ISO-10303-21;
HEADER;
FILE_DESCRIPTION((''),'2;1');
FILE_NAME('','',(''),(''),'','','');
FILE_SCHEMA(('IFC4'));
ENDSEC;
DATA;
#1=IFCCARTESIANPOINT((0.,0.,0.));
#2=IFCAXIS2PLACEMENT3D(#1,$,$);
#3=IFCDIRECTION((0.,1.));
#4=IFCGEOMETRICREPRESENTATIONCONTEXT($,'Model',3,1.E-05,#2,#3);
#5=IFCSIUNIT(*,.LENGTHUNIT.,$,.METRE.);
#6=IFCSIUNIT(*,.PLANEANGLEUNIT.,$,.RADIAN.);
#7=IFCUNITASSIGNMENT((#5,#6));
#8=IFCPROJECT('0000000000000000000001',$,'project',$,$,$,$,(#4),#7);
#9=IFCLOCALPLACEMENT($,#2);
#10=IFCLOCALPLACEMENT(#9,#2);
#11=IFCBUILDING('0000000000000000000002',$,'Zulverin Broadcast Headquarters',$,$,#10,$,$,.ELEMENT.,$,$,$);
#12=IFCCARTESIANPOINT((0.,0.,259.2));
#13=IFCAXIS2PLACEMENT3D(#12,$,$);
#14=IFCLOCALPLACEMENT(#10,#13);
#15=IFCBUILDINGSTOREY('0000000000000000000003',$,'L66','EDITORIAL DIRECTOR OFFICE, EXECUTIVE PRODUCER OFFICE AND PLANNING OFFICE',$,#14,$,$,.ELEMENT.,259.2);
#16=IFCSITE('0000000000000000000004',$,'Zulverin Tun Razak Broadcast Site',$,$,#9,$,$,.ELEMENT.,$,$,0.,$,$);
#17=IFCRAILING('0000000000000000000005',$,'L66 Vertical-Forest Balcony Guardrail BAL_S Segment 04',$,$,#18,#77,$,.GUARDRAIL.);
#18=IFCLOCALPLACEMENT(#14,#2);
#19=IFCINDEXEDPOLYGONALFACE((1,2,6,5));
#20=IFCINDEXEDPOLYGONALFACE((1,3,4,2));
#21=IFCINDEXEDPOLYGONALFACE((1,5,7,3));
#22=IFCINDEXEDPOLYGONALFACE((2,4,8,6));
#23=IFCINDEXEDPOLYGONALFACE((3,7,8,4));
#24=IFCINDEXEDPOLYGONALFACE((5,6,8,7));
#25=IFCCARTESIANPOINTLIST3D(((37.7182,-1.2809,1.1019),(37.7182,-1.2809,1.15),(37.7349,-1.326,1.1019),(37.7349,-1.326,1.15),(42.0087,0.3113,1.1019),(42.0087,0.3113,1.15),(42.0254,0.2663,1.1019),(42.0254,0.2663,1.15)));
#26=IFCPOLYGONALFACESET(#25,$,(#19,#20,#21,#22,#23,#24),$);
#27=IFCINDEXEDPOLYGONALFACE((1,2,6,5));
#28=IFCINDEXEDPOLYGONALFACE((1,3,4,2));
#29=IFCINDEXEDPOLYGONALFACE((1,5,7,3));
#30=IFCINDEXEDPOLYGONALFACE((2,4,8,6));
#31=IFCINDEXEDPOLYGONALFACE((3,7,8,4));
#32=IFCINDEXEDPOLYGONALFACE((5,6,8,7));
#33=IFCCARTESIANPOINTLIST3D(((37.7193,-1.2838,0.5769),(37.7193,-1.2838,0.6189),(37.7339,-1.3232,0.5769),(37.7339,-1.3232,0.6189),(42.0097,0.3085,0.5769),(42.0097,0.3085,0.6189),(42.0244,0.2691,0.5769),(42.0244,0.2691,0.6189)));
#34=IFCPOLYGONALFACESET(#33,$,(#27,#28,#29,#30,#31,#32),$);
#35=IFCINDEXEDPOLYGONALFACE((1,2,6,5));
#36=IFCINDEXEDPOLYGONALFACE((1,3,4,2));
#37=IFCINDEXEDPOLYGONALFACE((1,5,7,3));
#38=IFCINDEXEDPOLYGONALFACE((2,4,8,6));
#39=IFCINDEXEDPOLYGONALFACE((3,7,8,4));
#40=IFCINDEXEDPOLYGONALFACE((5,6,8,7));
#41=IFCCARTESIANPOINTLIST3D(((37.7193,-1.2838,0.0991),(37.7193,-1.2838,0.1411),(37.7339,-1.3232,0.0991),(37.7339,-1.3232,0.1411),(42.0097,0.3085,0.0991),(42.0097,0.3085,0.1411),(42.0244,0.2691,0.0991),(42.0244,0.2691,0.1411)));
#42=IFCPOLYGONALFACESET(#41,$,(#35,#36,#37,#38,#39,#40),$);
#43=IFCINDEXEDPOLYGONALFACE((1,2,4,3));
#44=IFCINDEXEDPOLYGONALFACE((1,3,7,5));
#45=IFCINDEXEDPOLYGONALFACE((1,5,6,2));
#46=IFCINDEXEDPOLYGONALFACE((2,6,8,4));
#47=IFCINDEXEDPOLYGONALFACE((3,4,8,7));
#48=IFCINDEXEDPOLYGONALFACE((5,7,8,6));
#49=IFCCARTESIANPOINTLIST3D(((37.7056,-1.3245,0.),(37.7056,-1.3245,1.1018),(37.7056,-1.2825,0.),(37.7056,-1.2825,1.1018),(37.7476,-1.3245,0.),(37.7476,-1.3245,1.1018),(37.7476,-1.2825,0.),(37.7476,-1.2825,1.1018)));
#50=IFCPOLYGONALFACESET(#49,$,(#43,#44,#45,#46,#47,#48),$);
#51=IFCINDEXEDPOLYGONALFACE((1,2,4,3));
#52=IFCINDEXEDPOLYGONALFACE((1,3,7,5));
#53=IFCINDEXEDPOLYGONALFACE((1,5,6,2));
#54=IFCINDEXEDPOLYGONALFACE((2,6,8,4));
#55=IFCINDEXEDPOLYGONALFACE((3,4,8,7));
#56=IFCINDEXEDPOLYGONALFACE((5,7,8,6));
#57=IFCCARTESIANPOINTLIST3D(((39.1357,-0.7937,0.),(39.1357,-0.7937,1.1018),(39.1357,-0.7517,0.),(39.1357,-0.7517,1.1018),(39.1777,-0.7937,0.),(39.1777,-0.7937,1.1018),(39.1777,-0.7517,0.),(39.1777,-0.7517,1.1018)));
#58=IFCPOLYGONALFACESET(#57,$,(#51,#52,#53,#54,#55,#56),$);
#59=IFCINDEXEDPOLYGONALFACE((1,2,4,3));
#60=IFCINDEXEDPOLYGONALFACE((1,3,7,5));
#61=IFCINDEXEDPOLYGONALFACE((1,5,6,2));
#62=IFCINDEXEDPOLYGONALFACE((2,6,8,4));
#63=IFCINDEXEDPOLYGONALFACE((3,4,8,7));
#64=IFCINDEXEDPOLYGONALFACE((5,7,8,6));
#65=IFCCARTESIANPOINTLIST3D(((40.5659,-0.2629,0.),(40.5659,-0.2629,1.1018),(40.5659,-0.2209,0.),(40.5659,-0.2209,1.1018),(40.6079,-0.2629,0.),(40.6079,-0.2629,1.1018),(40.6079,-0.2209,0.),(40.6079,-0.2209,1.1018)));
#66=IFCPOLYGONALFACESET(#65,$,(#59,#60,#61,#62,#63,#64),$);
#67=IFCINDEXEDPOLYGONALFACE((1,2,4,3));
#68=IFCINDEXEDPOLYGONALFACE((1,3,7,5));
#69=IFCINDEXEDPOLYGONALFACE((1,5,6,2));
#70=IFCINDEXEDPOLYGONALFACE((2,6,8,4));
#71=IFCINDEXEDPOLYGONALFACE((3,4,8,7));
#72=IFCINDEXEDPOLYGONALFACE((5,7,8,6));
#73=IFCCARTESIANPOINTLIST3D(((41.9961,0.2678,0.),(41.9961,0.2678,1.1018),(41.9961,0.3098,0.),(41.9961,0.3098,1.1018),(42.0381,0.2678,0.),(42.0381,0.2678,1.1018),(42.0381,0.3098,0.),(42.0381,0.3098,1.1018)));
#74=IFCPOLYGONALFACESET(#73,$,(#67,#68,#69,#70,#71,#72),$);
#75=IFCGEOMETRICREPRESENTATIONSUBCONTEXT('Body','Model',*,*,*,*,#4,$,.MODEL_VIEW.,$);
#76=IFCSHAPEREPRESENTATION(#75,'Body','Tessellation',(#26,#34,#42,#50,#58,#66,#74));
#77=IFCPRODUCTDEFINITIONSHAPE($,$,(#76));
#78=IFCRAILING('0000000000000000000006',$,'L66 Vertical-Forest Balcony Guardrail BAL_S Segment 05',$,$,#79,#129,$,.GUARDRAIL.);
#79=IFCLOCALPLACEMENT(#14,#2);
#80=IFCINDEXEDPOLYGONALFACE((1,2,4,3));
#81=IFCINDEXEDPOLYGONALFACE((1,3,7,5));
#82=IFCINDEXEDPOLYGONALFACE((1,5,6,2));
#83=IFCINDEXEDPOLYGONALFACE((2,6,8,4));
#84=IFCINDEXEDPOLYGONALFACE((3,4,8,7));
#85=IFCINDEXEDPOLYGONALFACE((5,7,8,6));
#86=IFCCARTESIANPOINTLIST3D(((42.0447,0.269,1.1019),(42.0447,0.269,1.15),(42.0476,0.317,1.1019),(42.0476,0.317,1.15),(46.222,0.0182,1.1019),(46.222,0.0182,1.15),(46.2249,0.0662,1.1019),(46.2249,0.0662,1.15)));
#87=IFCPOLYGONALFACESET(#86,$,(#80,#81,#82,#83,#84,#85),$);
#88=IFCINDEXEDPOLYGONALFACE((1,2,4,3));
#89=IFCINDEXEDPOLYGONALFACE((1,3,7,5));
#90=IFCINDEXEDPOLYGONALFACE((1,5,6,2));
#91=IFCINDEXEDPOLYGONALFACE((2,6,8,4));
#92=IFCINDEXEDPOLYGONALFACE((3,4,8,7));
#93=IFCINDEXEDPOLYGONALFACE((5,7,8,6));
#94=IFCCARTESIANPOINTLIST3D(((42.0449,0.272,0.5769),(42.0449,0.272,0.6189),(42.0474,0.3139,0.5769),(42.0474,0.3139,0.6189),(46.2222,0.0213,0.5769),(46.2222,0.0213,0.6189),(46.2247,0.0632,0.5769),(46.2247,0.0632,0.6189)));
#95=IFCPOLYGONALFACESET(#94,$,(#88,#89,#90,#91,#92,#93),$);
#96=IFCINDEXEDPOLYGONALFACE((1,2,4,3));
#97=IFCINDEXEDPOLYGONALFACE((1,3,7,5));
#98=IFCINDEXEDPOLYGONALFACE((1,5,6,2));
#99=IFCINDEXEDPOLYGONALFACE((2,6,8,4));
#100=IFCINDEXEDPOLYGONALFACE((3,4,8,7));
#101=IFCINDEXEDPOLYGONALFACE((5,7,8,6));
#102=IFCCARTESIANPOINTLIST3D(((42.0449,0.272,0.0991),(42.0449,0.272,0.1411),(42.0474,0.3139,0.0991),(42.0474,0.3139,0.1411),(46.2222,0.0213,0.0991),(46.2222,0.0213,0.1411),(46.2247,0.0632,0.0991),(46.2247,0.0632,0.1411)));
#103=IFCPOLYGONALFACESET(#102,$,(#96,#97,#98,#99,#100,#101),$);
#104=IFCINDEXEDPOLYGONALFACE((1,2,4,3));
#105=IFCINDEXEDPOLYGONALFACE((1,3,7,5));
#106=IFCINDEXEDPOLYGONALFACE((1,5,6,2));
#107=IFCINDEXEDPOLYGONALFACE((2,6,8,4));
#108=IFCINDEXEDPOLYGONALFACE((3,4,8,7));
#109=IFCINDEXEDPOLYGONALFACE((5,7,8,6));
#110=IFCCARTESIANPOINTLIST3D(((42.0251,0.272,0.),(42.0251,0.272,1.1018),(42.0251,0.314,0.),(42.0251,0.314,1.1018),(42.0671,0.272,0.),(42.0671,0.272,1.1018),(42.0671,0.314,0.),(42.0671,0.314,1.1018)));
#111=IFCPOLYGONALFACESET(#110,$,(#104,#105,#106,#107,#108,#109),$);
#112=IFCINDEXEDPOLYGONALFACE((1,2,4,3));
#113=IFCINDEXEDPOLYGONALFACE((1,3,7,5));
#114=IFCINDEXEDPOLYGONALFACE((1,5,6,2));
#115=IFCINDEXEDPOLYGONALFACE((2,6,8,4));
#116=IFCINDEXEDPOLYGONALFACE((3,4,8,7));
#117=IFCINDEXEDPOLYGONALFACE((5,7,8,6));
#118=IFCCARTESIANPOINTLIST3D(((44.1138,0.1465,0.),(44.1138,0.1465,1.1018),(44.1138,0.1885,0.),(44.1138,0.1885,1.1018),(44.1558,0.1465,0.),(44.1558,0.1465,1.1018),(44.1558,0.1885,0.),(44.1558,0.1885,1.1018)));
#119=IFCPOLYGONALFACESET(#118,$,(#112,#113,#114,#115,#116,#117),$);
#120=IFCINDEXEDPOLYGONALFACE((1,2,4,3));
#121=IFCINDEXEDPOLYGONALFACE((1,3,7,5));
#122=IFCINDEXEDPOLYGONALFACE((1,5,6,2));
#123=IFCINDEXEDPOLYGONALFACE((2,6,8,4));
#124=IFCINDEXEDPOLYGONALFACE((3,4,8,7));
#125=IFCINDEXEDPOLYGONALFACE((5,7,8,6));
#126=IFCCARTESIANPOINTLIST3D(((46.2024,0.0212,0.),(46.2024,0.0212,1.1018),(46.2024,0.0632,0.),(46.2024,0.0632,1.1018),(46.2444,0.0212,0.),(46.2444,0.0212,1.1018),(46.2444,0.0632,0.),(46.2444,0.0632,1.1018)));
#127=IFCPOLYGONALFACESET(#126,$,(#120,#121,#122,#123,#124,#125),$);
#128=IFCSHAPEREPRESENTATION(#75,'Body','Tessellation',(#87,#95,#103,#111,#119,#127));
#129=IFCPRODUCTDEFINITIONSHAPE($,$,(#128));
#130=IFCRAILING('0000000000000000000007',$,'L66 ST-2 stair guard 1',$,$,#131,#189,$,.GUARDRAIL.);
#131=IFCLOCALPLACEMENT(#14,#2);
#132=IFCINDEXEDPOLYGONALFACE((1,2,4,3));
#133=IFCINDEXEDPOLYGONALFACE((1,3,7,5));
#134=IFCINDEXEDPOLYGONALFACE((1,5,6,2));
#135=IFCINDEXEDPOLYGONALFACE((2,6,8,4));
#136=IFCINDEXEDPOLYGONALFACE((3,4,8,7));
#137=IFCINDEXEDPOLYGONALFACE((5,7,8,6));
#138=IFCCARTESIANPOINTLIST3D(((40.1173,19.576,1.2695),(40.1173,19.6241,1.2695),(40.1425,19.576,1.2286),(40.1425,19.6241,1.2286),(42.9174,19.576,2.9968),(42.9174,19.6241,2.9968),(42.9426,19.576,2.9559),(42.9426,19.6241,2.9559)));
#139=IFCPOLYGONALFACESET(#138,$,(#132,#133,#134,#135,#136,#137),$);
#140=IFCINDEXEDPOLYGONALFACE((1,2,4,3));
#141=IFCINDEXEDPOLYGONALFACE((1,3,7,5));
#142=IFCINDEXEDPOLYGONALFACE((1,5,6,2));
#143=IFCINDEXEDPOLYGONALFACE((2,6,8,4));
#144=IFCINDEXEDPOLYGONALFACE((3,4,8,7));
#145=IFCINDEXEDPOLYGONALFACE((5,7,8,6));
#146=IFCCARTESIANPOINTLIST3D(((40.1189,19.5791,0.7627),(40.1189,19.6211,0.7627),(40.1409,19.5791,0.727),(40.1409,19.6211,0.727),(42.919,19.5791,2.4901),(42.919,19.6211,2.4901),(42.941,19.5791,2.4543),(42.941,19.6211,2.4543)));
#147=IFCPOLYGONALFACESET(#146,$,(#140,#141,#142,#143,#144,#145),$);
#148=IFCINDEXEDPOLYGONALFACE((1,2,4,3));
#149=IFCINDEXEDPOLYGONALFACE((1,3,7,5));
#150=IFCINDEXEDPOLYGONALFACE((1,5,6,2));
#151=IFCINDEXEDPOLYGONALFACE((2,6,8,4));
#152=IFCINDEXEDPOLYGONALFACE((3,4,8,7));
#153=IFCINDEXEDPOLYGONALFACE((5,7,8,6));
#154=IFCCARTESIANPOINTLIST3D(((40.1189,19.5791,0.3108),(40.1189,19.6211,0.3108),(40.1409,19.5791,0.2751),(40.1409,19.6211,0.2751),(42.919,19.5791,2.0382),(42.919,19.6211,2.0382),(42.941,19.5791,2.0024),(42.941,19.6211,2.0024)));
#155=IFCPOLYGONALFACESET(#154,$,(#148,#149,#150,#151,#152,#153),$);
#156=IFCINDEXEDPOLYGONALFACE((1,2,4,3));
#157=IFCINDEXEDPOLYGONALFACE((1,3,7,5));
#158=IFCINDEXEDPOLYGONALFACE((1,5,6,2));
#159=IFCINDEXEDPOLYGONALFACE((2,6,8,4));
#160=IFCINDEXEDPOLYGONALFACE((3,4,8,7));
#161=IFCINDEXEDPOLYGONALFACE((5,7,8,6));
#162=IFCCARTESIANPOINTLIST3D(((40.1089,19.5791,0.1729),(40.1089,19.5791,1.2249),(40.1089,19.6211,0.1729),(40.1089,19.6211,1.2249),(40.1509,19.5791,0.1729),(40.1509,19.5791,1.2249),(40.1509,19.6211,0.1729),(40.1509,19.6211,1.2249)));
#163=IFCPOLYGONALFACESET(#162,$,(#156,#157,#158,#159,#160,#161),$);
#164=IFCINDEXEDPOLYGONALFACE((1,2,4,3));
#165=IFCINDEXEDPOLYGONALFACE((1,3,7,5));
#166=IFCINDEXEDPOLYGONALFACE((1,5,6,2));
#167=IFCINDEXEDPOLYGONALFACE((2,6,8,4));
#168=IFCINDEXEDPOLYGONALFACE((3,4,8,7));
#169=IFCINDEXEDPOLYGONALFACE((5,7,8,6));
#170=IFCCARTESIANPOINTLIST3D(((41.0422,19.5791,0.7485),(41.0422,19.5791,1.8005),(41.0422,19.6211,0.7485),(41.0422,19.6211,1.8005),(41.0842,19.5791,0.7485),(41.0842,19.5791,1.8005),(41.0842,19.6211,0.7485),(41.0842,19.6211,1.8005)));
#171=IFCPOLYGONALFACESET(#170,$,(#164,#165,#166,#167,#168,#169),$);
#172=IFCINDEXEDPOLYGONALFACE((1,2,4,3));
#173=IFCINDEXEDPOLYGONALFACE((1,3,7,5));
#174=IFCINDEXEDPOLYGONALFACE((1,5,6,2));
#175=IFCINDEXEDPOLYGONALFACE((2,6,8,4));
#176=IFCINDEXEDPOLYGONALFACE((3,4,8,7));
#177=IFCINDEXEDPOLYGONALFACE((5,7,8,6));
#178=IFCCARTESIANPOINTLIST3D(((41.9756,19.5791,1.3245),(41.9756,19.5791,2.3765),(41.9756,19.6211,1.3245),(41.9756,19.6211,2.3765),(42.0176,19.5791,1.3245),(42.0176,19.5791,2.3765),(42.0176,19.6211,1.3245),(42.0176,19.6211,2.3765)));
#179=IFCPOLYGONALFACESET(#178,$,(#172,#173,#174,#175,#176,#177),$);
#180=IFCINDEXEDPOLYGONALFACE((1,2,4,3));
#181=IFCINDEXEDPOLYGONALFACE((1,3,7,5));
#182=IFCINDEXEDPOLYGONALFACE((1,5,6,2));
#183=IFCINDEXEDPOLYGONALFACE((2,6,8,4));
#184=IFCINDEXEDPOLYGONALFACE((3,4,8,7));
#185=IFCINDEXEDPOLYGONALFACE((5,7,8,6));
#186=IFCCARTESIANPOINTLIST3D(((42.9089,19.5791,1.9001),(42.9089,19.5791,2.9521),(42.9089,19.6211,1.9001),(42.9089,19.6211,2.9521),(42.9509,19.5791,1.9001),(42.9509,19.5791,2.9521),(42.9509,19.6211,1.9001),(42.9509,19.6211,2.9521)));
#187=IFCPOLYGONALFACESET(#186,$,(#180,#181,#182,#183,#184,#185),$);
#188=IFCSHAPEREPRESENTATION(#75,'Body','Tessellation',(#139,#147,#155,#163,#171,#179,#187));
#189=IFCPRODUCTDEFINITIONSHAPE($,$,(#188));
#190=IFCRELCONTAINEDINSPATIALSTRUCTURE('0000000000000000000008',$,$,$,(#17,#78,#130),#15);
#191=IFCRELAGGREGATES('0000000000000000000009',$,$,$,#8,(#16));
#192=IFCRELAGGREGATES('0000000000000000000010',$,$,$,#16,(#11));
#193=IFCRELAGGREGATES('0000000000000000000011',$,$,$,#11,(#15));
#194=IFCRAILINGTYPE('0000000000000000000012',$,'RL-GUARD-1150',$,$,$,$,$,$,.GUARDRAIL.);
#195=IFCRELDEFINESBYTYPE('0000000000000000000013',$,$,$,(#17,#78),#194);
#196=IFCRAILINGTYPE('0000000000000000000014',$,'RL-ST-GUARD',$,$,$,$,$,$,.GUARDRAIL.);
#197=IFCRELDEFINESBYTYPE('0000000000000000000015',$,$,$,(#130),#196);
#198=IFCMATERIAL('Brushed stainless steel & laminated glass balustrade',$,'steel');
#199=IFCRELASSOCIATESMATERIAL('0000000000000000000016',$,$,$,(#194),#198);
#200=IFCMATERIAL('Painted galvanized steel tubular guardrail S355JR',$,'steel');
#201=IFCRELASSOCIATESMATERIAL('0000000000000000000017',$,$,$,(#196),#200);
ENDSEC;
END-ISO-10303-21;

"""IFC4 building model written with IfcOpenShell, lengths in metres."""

from ifc_helpers import new_model, si_unit, direction, frame, origin, origin_2d, place, context, subcontext, project, spatial, rectangle, extrude, material, type_object, element, save


model = new_model("IFC4")

# Units and contexts
model_context = context("Model", 3, precision=1e-05, world=origin(), true_north=direction((0.0, 1.0)))
body_context = subcontext(model_context, "Body", "Model", "MODEL_VIEW")
ifc_project = project(units=[si_unit("LENGTHUNIT", "METRE"), si_unit("PLANEANGLEUNIT", "RADIAN")], contexts=[model_context])

# Site, building, storey
site_placement = place(None, origin())
site = spatial("IfcSite", under=ifc_project, at=site_placement, Name="Zulverin Tun Razak Broadcast Site", CompositionType="ELEMENT", RefElevation=0.0)
building_placement = place(site_placement, origin())
building = spatial("IfcBuilding", under=site, at=building_placement, Name="Zulverin Broadcast Headquarters", CompositionType="ELEMENT")
storey_placement = place(building_placement, frame((0.0, 0.0, 259.2)))
storey = spatial("IfcBuildingStorey", under=building, at=storey_placement, Name="L66", Description="EDITORIAL DIRECTOR OFFICE, EXECUTIVE PRODUCER OFFICE AND PLANNING OFFICE", CompositionType="ELEMENT", Elevation=259.2)

# Railings
ifc_material_1 = material(Name="Brushed stainless steel & laminated glass balustrade", Category="steel")
railing_type_1 = type_object("IfcRailingType", Name="RL-GUARD-1150", PredefinedType="GUARDRAIL", material=ifc_material_1)
railing_1_placement = place(storey_placement, frame((37.7266, -1.3035, 0.0)))
element("IfcRailing", 1, at=railing_1_placement, inside=storey, type_object=railing_type_1, Name="L66 Vertical-Forest Balcony Guardrail BAL_S Segment 04", PredefinedType="GUARDRAIL", context=body_context, shape_type="SweptSolid", body=[
    extrude(rectangle(XDim=0.0481, YDim=0.0481, at=origin_2d()), frame((0.0, 0.0, 1.126), z_axis=(0.937521, 0.347929, 0.0), x_axis=(-0.347929, 0.937521, 0.0)), (0.0, 0.0, 1.0), 4.5764),
    extrude(rectangle(XDim=0.042, YDim=0.042, at=origin_2d()), frame((0.0, 0.0, 0.5979), z_axis=(0.937521, 0.347929, 0.0), x_axis=(-0.347929, 0.937521, 0.0)), (0.0, 0.0, 1.0), 4.5764),
    extrude(rectangle(XDim=0.042, YDim=0.042, at=origin_2d()), frame((0.0, 0.0, 0.1201), z_axis=(0.937521, 0.347929, 0.0), x_axis=(-0.347929, 0.937521, 0.0)), (0.0, 0.0, 1.0), 4.5764),
    extrude(rectangle(XDim=0.042, YDim=0.042, at=origin_2d()), origin(), (0.0, 0.0, 1.0), 1.1018),
    extrude(rectangle(XDim=0.042, YDim=0.042, at=origin_2d()), frame((1.4302, 0.5308, 0.0)), (0.0, 0.0, 1.0), 1.1018),
    extrude(rectangle(XDim=0.042, YDim=0.042, at=origin_2d()), frame((2.8604, 1.0615, 0.0)), (0.0, 0.0, 1.0), 1.1018),
    extrude(rectangle(XDim=0.042, YDim=0.042, at=origin_2d()), frame((4.2905, 1.5923, 0.0)), (0.0, 0.0, 1.0), 1.1018),
])
railing_2_placement = place(storey_placement, frame((42.0461, 0.293, 0.0)))
element("IfcRailing", 2, at=railing_2_placement, inside=storey, type_object=railing_type_1, Name="L66 Vertical-Forest Balcony Guardrail BAL_S Segment 05", PredefinedType="GUARDRAIL", context=body_context, shape_type="SweptSolid", body=[
    extrude(rectangle(XDim=0.0481, YDim=0.0481, at=origin_2d()), frame((0.0, 0.0, 1.126), z_axis=(0.998203, -0.059916, 0.0), x_axis=(0.059916, 0.998203, 0.0)), (0.0, 0.0, 1.0), 4.1848),
    extrude(rectangle(XDim=0.042, YDim=0.042, at=origin_2d()), frame((0.0, 0.0, 0.5979), z_axis=(0.998203, -0.059916, 0.0), x_axis=(0.059916, 0.998203, 0.0)), (0.0, 0.0, 1.0), 4.1848),
    extrude(rectangle(XDim=0.042, YDim=0.042, at=origin_2d()), frame((0.0, 0.0, 0.1201), z_axis=(0.998203, -0.059916, 0.0), x_axis=(0.059916, 0.998203, 0.0)), (0.0, 0.0, 1.0), 4.1848),
    extrude(rectangle(XDim=0.042, YDim=0.042, at=origin_2d()), origin(), (0.0, 0.0, 1.0), 1.1018),
    extrude(rectangle(XDim=0.042, YDim=0.042, at=origin_2d()), frame((2.0886, -0.1255, 0.0)), (0.0, 0.0, 1.0), 1.1018),
    extrude(rectangle(XDim=0.042, YDim=0.042, at=origin_2d()), frame((4.1772, -0.2507, 0.0)), (0.0, 0.0, 1.0), 1.1018),
])
ifc_material_2 = material(Name="Painted galvanized steel tubular guardrail S355JR", Category="steel")
railing_type_2 = type_object("IfcRailingType", Name="RL-ST-GUARD", PredefinedType="GUARDRAIL", material=ifc_material_2)
railing_3_placement = place(storey_placement, frame((40.1299, 19.6001, 0.1729)))
element("IfcRailing", 3, at=railing_3_placement, inside=storey, type_object=railing_type_2, Name="L66 ST-2 stair guard 1", PredefinedType="GUARDRAIL", context=body_context, shape_type="SweptSolid", body=[
    extrude(rectangle(XDim=0.0481, YDim=0.0481, at=origin_2d()), frame((0.0, 0.0, 1.0762), z_axis=(0.85109, 0.0, 0.52502), x_axis=(0.0, 1.0, 0.0)), (0.0, 0.0, 1.0), 3.29),
    extrude(rectangle(XDim=0.042, YDim=0.042, at=origin_2d()), frame((0.0, 0.0, 0.572), z_axis=(0.85109, 0.0, 0.52502), x_axis=(0.0, 1.0, 0.0)), (0.0, 0.0, 1.0), 3.29),
    extrude(rectangle(XDim=0.042, YDim=0.042, at=origin_2d()), frame((0.0, 0.0, 0.1201), z_axis=(0.85109, 0.0, 0.52502), x_axis=(0.0, 1.0, 0.0)), (0.0, 0.0, 1.0), 3.29),
    extrude(rectangle(XDim=0.042, YDim=0.042, at=origin_2d()), origin(), (0.0, 0.0, 1.0), 1.052),
    extrude(rectangle(XDim=0.042, YDim=0.042, at=origin_2d()), frame((0.9333, 0.0, 0.5757)), (0.0, 0.0, 1.0), 1.052),
    extrude(rectangle(XDim=0.042, YDim=0.042, at=origin_2d()), frame((1.8667, 0.0, 1.1516)), (0.0, 0.0, 1.0), 1.052),
    extrude(rectangle(XDim=0.042, YDim=0.042, at=origin_2d()), frame((2.8, 0.0, 1.7273)), (0.0, 0.0, 1.0), 1.052),
])

save(model, "model.ifc")
